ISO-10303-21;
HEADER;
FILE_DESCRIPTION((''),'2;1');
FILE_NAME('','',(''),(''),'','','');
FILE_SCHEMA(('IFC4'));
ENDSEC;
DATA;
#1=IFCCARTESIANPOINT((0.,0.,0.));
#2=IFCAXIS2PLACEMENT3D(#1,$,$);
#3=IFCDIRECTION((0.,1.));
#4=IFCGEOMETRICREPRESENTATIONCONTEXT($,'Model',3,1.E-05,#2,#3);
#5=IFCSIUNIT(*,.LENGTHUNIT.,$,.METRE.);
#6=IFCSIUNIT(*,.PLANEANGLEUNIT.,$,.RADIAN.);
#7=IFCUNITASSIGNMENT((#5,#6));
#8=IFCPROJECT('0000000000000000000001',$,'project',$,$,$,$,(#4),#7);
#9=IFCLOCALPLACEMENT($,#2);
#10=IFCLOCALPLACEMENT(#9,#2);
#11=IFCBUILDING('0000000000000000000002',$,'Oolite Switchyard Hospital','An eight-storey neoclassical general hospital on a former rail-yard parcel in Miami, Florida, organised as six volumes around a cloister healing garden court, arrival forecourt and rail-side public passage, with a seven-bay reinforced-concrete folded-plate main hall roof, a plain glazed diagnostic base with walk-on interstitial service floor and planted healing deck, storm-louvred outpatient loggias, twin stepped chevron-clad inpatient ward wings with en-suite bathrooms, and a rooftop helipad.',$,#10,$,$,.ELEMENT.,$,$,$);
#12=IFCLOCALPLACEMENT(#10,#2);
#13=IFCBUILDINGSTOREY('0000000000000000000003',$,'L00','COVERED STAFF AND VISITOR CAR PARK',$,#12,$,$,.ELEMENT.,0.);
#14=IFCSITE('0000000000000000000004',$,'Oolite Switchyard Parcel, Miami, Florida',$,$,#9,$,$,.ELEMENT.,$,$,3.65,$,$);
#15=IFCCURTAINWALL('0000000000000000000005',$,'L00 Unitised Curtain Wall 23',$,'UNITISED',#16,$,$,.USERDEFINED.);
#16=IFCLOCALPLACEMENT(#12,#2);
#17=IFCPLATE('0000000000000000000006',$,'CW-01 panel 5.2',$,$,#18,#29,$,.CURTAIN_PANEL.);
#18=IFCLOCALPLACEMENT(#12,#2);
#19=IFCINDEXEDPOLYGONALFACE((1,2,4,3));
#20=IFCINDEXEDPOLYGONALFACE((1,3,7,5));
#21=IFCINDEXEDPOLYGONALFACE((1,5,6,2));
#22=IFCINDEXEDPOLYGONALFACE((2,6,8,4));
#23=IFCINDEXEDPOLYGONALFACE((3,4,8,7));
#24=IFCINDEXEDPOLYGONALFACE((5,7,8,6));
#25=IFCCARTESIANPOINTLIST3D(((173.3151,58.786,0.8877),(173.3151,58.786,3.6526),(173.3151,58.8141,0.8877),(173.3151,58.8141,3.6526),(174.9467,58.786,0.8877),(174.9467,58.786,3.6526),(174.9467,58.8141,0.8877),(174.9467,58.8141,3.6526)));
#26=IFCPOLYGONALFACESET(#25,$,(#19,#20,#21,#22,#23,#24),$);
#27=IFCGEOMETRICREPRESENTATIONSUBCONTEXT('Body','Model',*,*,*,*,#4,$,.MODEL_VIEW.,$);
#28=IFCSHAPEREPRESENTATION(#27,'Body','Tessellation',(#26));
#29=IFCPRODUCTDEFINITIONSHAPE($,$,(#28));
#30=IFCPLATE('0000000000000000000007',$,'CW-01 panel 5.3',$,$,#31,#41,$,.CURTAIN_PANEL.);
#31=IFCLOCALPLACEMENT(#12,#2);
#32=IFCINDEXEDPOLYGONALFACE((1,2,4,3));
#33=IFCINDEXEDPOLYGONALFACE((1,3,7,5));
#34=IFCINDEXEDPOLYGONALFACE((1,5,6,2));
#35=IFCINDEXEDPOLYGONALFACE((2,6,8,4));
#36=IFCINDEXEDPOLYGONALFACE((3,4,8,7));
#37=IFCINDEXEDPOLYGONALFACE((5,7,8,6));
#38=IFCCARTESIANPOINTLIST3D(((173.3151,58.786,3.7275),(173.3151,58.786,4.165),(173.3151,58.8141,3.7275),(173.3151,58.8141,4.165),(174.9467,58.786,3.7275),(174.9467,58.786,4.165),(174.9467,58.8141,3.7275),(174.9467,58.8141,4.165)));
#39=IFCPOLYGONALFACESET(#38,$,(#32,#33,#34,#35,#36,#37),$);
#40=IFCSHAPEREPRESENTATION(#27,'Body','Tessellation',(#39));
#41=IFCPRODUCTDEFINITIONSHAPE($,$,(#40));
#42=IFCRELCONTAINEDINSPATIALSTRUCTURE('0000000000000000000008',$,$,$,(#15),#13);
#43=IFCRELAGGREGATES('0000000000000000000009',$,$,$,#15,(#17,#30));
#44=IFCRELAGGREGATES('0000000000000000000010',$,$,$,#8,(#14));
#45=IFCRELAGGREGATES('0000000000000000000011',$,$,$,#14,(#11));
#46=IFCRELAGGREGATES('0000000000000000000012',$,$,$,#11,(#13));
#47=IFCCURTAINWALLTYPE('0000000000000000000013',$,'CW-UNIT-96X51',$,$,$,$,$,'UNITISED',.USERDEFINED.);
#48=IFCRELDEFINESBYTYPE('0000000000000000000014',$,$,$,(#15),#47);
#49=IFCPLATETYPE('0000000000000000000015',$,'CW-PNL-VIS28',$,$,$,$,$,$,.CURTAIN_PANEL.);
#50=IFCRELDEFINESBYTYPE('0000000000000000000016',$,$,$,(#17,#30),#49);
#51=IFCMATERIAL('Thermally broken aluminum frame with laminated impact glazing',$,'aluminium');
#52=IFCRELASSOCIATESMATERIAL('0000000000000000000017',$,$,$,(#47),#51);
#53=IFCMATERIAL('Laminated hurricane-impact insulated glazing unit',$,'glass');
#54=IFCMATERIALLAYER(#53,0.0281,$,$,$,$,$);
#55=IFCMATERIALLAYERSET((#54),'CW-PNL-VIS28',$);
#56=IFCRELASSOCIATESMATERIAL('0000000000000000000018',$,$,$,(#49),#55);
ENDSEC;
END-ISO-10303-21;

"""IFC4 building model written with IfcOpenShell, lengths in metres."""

from ifc_helpers import new_model, si_unit, direction, frame, origin, origin_2d, place, context, subcontext, project, spatial, rectangle, extrude, material, layer, layer_set, type_object, element, aggregate, save


model = new_model("IFC4")

# Units and contexts
model_context = context("Model", 3, precision=1e-05, world=origin(), true_north=direction((0.0, 1.0)))
body_context = subcontext(model_context, "Body", "Model", "MODEL_VIEW")
ifc_project = project(units=[si_unit("LENGTHUNIT", "METRE"), si_unit("PLANEANGLEUNIT", "RADIAN")], contexts=[model_context])

# Site, building, storey
site_placement = place(None, origin())
site = spatial("IfcSite", under=ifc_project, at=site_placement, Name="Oolite Switchyard Parcel, Miami, Florida", CompositionType="ELEMENT", RefElevation=3.65)
building_placement = place(site_placement, origin())
building = spatial("IfcBuilding", under=site, at=building_placement, Name="Oolite Switchyard Hospital", Description="An eight-storey neoclassical general hospital on a former rail-yard parcel in Miami, Florida, organised as six volumes around a cloister healing garden court, arrival forecourt and rail-side public passage, with a seven-bay reinforced-concrete folded-plate main hall roof, a plain glazed diagnostic base with walk-on interstitial service floor and planted healing deck, storm-louvred outpatient loggias, twin stepped chevron-clad inpatient ward wings with en-suite bathrooms, and a rooftop helipad.", CompositionType="ELEMENT")
storey_placement = place(building_placement, origin())
storey = spatial("IfcBuildingStorey", under=building, at=storey_placement, Name="L00", Description="COVERED STAFF AND VISITOR CAR PARK", CompositionType="ELEMENT", Elevation=0.0)

# Curtain wall, plates
ifc_material_1 = material(Name="Thermally broken aluminum frame with laminated impact glazing", Category="aluminium")
curtain_wall_type = type_object("IfcCurtainWallType", Name="CW-UNIT-96X51", ElementType="UNITISED", PredefinedType="USERDEFINED", material=ifc_material_1)
curtain_wall_placement = place(storey_placement, origin())
curtain_wall = element("IfcCurtainWall", 1, at=curtain_wall_placement, inside=storey, type_object=curtain_wall_type, Name="L00 Unitised Curtain Wall 23", ObjectType="UNITISED", PredefinedType="USERDEFINED")
ifc_material_2 = material(Name="Laminated hurricane-impact insulated glazing unit", Category="glass")
ifc_layer = layer(ifc_material_2, 0.0281)
ifc_layer_set = layer_set([ifc_layer], Name="CW-PNL-VIS28")
plate_type = type_object("IfcPlateType", Name="CW-PNL-VIS28", PredefinedType="CURTAIN_PANEL", material=ifc_layer_set)
plate_1_placement = place(storey_placement, frame((174.1309, 58.8, 0.8877), z_axis=(0.0, 0.0, 1.0), x_axis=(-1.0, 0.0, 0.0)))
plate_1 = element("IfcPlate", 2, at=plate_1_placement, type_object=plate_type, Name="CW-01 panel 5.2", PredefinedType="CURTAIN_PANEL", context=body_context, shape_type="SweptSolid", body=[
    extrude(rectangle(XDim=1.6316, YDim=0.0281, at=origin_2d()), origin(), (0.0, 0.0, 1.0), 2.7649),
])
plate_2_placement = place(storey_placement, frame((174.1309, 58.8, 3.7275), z_axis=(0.0, 0.0, 1.0), x_axis=(-1.0, 0.0, 0.0)))
plate_2 = element("IfcPlate", 3, at=plate_2_placement, type_object=plate_type, Name="CW-01 panel 5.3", PredefinedType="CURTAIN_PANEL", context=body_context, shape_type="SweptSolid", body=[
    extrude(rectangle(XDim=1.6316, YDim=0.0281, at=origin_2d()), origin(), (0.0, 0.0, 1.0), 0.4375),
])
aggregate(curtain_wall, [plate_1, plate_2])

save(model, "model.ifc")
